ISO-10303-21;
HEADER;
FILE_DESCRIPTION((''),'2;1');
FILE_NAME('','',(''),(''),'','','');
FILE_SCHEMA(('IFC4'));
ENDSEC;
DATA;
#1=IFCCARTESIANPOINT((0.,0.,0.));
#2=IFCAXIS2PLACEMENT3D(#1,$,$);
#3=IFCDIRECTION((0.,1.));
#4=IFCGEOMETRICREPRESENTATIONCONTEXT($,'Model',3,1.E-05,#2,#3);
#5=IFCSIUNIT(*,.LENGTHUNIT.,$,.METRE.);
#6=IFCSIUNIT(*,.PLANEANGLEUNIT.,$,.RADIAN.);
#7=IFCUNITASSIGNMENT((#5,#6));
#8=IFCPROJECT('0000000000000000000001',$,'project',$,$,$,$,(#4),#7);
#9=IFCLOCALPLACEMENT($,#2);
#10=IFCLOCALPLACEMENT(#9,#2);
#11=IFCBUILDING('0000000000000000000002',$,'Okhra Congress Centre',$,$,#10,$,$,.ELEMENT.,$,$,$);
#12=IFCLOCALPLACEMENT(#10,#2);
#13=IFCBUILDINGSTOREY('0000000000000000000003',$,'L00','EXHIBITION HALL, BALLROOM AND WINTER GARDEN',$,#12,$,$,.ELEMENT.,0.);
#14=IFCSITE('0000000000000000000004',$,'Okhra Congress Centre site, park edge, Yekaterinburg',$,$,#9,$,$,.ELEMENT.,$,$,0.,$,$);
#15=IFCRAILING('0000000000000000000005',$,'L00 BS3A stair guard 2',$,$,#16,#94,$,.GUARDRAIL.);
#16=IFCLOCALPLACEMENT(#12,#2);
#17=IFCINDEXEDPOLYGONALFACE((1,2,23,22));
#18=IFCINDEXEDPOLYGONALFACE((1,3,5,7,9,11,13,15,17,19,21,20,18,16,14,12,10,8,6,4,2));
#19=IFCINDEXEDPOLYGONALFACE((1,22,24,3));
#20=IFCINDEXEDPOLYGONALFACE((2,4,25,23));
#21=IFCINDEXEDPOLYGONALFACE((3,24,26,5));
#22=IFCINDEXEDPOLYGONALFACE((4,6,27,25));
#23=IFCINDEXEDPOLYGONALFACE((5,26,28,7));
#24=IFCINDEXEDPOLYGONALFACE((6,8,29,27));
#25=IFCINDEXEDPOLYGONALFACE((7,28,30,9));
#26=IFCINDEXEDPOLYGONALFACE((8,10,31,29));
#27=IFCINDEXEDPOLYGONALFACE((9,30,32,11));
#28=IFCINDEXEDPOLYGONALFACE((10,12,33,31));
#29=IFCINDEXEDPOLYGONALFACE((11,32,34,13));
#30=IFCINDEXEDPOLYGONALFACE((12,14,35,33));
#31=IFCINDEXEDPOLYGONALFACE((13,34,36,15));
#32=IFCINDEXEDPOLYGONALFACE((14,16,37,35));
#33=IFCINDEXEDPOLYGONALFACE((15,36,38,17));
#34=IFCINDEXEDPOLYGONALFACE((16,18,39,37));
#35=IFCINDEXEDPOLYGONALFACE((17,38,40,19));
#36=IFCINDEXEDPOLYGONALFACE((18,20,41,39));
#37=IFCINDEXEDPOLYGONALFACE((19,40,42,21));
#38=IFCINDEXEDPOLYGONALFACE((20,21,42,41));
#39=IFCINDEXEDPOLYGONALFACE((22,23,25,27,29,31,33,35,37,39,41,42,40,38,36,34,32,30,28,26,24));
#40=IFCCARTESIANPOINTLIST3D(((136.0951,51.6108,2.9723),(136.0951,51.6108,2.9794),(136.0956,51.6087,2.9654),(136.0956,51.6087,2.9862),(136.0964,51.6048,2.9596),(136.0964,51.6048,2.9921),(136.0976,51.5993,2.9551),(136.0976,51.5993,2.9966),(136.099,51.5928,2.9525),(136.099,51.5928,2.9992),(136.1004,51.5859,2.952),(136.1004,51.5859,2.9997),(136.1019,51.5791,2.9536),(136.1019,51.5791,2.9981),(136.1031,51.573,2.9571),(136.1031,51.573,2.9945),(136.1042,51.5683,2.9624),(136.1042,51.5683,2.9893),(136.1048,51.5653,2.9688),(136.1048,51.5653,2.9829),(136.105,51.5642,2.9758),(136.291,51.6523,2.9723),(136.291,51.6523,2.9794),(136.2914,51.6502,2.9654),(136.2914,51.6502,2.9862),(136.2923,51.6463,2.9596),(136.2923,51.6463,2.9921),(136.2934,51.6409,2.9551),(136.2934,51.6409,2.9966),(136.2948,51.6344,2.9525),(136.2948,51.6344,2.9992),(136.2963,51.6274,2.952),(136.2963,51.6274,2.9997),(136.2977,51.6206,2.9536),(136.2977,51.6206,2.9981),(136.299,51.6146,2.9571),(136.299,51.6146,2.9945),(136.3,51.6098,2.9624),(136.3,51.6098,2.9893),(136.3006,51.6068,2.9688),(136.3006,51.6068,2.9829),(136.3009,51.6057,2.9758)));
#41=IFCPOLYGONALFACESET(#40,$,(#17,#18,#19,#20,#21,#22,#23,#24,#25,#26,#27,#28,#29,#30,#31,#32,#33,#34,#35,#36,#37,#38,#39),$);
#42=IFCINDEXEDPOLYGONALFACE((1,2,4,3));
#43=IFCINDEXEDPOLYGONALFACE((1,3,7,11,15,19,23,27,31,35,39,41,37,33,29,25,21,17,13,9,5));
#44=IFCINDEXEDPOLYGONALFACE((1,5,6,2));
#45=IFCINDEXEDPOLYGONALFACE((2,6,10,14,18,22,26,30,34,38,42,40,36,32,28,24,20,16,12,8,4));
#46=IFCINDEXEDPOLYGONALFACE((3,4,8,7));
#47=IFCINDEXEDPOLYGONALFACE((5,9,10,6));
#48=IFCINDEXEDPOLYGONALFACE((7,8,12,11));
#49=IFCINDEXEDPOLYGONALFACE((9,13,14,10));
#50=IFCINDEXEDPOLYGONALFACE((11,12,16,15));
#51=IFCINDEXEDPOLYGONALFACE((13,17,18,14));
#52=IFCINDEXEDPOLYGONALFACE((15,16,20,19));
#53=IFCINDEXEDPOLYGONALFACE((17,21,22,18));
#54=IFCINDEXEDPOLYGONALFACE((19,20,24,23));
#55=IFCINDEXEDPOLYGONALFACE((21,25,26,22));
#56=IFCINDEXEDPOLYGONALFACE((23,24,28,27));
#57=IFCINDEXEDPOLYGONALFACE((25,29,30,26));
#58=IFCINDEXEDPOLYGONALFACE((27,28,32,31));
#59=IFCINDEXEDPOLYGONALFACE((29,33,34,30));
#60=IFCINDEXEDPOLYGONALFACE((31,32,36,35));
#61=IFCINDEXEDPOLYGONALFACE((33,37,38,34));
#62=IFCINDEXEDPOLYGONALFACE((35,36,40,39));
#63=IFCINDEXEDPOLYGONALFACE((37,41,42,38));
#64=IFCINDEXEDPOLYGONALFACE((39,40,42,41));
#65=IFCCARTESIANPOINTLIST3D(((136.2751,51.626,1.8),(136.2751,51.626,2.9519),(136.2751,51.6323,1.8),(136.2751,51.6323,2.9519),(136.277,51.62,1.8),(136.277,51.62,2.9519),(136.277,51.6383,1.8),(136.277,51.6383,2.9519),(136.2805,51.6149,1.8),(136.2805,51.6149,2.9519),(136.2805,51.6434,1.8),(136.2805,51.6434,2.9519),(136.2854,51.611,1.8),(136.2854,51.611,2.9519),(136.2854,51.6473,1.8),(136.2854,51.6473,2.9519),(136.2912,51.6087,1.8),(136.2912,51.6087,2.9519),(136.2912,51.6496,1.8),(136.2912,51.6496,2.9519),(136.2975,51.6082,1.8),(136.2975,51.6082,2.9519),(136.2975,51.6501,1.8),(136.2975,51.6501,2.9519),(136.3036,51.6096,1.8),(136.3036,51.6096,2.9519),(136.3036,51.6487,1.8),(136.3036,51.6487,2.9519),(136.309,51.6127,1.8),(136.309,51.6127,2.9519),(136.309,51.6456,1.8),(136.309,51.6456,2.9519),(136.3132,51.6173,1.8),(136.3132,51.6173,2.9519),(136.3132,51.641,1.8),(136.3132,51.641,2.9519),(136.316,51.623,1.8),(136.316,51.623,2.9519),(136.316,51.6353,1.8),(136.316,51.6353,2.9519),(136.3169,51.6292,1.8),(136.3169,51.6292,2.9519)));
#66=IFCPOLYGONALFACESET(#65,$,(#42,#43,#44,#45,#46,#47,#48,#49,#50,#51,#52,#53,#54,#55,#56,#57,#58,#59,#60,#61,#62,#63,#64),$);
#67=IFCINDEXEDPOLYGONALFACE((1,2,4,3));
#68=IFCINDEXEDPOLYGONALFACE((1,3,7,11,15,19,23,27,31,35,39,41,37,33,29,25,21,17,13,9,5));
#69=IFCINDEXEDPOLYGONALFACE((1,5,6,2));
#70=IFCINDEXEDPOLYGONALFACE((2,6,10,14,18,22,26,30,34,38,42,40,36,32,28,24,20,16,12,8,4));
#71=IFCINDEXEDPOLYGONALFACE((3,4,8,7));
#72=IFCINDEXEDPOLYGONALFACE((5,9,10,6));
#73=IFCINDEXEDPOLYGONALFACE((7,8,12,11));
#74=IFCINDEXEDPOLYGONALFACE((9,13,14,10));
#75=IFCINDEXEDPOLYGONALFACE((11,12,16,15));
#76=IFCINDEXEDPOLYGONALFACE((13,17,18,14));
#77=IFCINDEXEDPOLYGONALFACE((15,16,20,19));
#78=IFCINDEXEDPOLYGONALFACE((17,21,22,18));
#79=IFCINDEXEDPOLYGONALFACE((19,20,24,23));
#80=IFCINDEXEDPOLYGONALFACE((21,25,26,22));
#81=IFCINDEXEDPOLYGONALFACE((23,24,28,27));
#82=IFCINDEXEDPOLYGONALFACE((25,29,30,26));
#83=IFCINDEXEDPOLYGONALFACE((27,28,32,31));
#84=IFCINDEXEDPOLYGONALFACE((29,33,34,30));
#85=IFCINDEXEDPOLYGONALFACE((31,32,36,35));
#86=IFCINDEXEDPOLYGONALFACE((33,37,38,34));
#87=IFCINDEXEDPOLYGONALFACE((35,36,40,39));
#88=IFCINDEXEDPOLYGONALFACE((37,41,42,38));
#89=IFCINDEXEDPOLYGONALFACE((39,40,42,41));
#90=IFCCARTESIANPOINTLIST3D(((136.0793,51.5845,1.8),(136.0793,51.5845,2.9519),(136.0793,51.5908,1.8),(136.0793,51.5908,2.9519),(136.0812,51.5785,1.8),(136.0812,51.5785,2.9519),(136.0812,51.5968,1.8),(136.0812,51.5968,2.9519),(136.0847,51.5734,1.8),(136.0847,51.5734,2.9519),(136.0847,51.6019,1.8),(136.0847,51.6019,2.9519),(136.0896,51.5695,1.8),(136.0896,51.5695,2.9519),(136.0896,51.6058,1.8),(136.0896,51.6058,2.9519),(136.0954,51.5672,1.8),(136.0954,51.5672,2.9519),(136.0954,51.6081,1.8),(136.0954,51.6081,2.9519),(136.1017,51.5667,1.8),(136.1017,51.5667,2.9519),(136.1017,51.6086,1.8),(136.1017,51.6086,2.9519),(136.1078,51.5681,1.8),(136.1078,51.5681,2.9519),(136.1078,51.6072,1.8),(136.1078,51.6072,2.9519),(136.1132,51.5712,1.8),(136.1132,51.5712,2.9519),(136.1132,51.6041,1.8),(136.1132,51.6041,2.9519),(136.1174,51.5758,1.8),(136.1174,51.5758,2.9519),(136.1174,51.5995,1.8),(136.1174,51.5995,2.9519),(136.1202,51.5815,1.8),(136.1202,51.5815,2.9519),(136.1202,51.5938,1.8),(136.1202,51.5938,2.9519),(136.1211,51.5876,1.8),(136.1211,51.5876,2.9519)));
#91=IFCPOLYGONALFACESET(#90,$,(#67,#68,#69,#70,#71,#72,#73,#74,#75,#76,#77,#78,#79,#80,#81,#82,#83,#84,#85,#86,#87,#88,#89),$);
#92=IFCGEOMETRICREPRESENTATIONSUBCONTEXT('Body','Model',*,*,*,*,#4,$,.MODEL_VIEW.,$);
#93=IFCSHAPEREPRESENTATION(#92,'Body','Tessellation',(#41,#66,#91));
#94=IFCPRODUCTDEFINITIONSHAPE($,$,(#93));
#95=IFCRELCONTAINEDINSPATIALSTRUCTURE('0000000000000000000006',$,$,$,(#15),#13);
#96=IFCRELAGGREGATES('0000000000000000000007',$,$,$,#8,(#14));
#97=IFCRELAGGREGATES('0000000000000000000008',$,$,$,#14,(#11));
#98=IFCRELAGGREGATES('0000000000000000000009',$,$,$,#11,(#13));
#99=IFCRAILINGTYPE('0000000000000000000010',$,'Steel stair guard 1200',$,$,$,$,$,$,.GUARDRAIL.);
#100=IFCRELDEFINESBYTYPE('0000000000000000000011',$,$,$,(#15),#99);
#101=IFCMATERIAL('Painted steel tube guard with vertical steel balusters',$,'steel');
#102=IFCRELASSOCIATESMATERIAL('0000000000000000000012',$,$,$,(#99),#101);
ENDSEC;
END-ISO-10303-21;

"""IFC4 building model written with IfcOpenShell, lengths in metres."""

from ifc_helpers import new_model, si_unit, direction, frame, origin, origin_2d, place, context, subcontext, project, spatial, circle, extrude, material, type_object, element, save


model = new_model("IFC4")

# Units and contexts
model_context = context("Model", 3, precision=1e-05, world=origin(), true_north=direction((0.0, 1.0)))
body_context = subcontext(model_context, "Body", "Model", "MODEL_VIEW")
ifc_project = project(units=[si_unit("LENGTHUNIT", "METRE"), si_unit("PLANEANGLEUNIT", "RADIAN")], contexts=[model_context])

# Site, building, storey
site_placement = place(None, origin())
site = spatial("IfcSite", under=ifc_project, at=site_placement, Name="Okhra Congress Centre site, park edge, Yekaterinburg", CompositionType="ELEMENT", RefElevation=0.0)
building_placement = place(site_placement, origin())
building = spatial("IfcBuilding", under=site, at=building_placement, Name="Okhra Congress Centre", CompositionType="ELEMENT")
storey_placement = place(building_placement, origin())
storey = spatial("IfcBuildingStorey", under=building, at=storey_placement, Name="L00", Description="EXHIBITION HALL, BALLROOM AND WINTER GARDEN", CompositionType="ELEMENT", Elevation=0.0)

# Railing
ifc_material_1 = material(Name="Painted steel tube guard with vertical steel balusters", Category="steel")
railing_type_1 = type_object("IfcRailingType", Name="Steel stair guard 1200", PredefinedType="GUARDRAIL", material=ifc_material_1)
railing_1_placement = place(storey_placement, frame((136.2959, 51.6292, 1.8)))
element("IfcRailing", 1, at=railing_1_placement, inside=storey, type_object=railing_type_1, Name="L00 BS3A stair guard 2", PredefinedType="GUARDRAIL", context=body_context, shape_type="SweptSolid", body=[
    extrude(circle(Radius=0.0239, at=origin_2d()), frame((0.0, 0.0, 1.1758), z_axis=(-0.978264, -0.207363, 0.0), x_axis=(0.207363, -0.978264, 0.0)), (0.0, 0.0, 1.0), 0.2002),
    extrude(circle(Radius=0.021, at=origin_2d()), origin(), (0.0, 0.0, 1.0), 1.1519),
    extrude(circle(Radius=0.021, at=origin_2d()), frame((-0.1958, -0.0415, 0.0)), (0.0, 0.0, 1.0), 1.1519),
])

save(model, "model.ifc")
